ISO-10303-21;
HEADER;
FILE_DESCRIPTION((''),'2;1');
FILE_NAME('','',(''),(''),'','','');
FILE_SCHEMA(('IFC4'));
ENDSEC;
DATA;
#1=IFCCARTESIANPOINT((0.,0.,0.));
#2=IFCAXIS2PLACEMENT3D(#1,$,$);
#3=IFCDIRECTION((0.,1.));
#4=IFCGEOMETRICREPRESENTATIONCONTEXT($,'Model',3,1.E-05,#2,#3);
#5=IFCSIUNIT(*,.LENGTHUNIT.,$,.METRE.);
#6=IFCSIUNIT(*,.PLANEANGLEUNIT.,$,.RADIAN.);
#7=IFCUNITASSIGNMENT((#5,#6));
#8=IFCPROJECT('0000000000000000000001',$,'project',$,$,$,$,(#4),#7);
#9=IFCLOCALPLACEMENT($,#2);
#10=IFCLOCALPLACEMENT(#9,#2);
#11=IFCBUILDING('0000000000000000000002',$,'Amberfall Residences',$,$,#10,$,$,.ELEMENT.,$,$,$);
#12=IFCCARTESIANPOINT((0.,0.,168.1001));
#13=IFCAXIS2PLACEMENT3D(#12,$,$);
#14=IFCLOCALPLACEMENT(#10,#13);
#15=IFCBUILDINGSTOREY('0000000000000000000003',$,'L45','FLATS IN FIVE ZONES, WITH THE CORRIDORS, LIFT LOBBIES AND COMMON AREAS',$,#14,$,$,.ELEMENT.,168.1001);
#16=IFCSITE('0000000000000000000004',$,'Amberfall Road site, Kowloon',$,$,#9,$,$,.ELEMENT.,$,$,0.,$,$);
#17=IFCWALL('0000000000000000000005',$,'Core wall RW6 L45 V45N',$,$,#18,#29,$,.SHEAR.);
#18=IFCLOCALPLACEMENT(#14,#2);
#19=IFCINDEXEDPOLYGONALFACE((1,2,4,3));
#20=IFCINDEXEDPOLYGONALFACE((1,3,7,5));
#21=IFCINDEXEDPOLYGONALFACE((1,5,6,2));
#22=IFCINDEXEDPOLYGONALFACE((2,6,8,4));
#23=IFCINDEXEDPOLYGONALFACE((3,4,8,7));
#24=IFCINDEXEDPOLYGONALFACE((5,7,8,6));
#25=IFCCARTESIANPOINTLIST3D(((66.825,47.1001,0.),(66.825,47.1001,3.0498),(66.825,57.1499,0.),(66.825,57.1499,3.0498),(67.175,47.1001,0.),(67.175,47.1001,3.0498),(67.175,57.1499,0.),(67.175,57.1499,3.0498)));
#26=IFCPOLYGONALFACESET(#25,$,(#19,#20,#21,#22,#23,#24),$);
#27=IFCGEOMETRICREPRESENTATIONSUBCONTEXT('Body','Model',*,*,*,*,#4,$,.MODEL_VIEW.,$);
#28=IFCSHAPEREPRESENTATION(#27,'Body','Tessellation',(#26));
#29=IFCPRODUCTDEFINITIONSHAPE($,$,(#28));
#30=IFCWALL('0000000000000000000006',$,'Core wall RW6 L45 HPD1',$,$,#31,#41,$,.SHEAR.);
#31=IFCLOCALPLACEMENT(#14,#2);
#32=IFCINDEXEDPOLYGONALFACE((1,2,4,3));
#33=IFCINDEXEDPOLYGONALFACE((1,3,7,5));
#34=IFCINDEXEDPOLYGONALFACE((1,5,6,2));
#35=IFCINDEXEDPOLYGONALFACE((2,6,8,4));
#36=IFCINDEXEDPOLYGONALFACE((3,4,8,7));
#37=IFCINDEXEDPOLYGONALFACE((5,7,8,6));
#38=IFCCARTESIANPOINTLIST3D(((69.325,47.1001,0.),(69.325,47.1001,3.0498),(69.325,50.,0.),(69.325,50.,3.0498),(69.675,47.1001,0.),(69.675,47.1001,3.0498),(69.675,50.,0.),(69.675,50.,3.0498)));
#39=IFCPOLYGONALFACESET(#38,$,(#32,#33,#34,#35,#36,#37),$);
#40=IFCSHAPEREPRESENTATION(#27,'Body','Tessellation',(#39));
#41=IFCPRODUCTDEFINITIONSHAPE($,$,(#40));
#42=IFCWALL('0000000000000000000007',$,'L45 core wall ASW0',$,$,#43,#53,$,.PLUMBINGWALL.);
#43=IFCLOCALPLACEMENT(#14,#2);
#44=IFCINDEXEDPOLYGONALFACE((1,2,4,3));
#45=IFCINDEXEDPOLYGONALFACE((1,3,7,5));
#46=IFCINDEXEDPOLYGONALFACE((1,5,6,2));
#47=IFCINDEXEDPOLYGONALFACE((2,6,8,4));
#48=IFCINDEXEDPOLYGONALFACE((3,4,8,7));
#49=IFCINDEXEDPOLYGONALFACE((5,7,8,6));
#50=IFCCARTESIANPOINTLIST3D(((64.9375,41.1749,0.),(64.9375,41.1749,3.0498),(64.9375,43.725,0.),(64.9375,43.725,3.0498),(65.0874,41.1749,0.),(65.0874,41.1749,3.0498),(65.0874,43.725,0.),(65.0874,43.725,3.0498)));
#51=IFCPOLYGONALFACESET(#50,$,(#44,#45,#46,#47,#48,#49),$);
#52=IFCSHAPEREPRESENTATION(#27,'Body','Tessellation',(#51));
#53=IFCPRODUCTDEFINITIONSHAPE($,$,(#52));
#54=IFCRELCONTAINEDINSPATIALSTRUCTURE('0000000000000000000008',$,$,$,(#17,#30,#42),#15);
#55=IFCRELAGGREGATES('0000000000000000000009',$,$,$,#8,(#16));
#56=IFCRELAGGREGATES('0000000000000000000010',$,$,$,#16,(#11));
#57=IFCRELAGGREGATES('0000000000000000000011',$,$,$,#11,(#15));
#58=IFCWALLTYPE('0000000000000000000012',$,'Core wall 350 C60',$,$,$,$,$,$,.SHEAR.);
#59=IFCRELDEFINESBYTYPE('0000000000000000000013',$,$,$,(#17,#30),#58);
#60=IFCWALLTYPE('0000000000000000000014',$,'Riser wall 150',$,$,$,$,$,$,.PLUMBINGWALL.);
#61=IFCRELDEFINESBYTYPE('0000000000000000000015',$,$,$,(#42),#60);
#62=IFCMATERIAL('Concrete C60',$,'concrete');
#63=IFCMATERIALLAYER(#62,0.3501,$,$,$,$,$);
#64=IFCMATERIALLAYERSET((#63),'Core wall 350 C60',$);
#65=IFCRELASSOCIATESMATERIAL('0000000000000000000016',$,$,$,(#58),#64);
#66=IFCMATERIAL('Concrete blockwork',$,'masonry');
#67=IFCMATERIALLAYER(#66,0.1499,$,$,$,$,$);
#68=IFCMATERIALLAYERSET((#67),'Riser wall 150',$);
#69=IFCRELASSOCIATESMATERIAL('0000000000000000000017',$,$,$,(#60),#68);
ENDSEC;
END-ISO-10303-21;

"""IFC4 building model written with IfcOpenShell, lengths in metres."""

from ifc_helpers import new_model, si_unit, direction, frame, frame_2d, origin, place, context, subcontext, project, spatial, rectangle, extrude, material, layer, layer_set, type_object, element, save


model = new_model("IFC4")

# Units and contexts
model_context = context("Model", 3, precision=1e-05, world=origin(), true_north=direction((0.0, 1.0)))
body_context = subcontext(model_context, "Body", "Model", "MODEL_VIEW")
ifc_project = project(units=[si_unit("LENGTHUNIT", "METRE"), si_unit("PLANEANGLEUNIT", "RADIAN")], contexts=[model_context])

# Site, building, storey
site_placement = place(None, origin())
site = spatial("IfcSite", under=ifc_project, at=site_placement, Name="Amberfall Road site, Kowloon", CompositionType="ELEMENT", RefElevation=0.0)
building_placement = place(site_placement, origin())
building = spatial("IfcBuilding", under=site, at=building_placement, Name="Amberfall Residences", CompositionType="ELEMENT")
storey_placement = place(building_placement, frame((0.0, 0.0, 168.1001)))
storey = spatial("IfcBuildingStorey", under=building, at=storey_placement, Name="L45", Description="FLATS IN FIVE ZONES, WITH THE CORRIDORS, LIFT LOBBIES AND COMMON AREAS", CompositionType="ELEMENT", Elevation=168.1001)

# Shared definitions
ifc_material_1 = material(Name="Concrete C60", Category="concrete")
ifc_layer_1 = layer(ifc_material_1, 0.3501)
ifc_layer_set_1 = layer_set([ifc_layer_1], Name="Core wall 350 C60")
wall_type_1 = type_object("IfcWallType", Name="Core wall 350 C60", PredefinedType="SHEAR", material=ifc_layer_set_1)

# Walls
wall_1_placement = place(storey_placement, frame((67.0, 47.1001, 0.0), z_axis=(0.0, 0.0, 1.0), x_axis=(0.0, 1.0, 0.0)))
element("IfcWall", 1, at=wall_1_placement, inside=storey, type_object=wall_type_1, Name="Core wall RW6 L45 V45N", PredefinedType="SHEAR", context=body_context, shape_type="SweptSolid", body=[
    extrude(rectangle(XDim=10.0498, YDim=0.3501, at=frame_2d((5.0249, 0.0))), origin(), (0.0, 0.0, 1.0), 3.0498),
])
wall_2_placement = place(storey_placement, frame((69.5, 47.1001, 0.0), z_axis=(0.0, 0.0, 1.0), x_axis=(0.0, 1.0, 0.0)))
element("IfcWall", 2, at=wall_2_placement, inside=storey, type_object=wall_type_1, Name="Core wall RW6 L45 HPD1", PredefinedType="SHEAR", context=body_context, shape_type="SweptSolid", body=[
    extrude(rectangle(XDim=2.8999, YDim=0.3501, at=frame_2d((1.45, 0.0))), origin(), (0.0, 0.0, 1.0), 3.0498),
])
ifc_material_2 = material(Name="Concrete blockwork", Category="masonry")
ifc_layer_2 = layer(ifc_material_2, 0.1499)
ifc_layer_set_2 = layer_set([ifc_layer_2], Name="Riser wall 150")
wall_type_2 = type_object("IfcWallType", Name="Riser wall 150", PredefinedType="PLUMBINGWALL", material=ifc_layer_set_2)
wall_3_placement = place(storey_placement, frame((65.0125, 41.175, 0.0), z_axis=(0.0, 0.0, 1.0), x_axis=(0.0, 1.0, 0.0)))
element("IfcWall", 3, at=wall_3_placement, inside=storey, type_object=wall_type_2, Name="L45 core wall ASW0", PredefinedType="PLUMBINGWALL", context=body_context, shape_type="SweptSolid", body=[
    extrude(rectangle(XDim=2.55, YDim=0.1499, at=frame_2d((1.2749, 0.0))), origin(), (0.0, 0.0, 1.0), 3.0498),
])

save(model, "model.ifc")
